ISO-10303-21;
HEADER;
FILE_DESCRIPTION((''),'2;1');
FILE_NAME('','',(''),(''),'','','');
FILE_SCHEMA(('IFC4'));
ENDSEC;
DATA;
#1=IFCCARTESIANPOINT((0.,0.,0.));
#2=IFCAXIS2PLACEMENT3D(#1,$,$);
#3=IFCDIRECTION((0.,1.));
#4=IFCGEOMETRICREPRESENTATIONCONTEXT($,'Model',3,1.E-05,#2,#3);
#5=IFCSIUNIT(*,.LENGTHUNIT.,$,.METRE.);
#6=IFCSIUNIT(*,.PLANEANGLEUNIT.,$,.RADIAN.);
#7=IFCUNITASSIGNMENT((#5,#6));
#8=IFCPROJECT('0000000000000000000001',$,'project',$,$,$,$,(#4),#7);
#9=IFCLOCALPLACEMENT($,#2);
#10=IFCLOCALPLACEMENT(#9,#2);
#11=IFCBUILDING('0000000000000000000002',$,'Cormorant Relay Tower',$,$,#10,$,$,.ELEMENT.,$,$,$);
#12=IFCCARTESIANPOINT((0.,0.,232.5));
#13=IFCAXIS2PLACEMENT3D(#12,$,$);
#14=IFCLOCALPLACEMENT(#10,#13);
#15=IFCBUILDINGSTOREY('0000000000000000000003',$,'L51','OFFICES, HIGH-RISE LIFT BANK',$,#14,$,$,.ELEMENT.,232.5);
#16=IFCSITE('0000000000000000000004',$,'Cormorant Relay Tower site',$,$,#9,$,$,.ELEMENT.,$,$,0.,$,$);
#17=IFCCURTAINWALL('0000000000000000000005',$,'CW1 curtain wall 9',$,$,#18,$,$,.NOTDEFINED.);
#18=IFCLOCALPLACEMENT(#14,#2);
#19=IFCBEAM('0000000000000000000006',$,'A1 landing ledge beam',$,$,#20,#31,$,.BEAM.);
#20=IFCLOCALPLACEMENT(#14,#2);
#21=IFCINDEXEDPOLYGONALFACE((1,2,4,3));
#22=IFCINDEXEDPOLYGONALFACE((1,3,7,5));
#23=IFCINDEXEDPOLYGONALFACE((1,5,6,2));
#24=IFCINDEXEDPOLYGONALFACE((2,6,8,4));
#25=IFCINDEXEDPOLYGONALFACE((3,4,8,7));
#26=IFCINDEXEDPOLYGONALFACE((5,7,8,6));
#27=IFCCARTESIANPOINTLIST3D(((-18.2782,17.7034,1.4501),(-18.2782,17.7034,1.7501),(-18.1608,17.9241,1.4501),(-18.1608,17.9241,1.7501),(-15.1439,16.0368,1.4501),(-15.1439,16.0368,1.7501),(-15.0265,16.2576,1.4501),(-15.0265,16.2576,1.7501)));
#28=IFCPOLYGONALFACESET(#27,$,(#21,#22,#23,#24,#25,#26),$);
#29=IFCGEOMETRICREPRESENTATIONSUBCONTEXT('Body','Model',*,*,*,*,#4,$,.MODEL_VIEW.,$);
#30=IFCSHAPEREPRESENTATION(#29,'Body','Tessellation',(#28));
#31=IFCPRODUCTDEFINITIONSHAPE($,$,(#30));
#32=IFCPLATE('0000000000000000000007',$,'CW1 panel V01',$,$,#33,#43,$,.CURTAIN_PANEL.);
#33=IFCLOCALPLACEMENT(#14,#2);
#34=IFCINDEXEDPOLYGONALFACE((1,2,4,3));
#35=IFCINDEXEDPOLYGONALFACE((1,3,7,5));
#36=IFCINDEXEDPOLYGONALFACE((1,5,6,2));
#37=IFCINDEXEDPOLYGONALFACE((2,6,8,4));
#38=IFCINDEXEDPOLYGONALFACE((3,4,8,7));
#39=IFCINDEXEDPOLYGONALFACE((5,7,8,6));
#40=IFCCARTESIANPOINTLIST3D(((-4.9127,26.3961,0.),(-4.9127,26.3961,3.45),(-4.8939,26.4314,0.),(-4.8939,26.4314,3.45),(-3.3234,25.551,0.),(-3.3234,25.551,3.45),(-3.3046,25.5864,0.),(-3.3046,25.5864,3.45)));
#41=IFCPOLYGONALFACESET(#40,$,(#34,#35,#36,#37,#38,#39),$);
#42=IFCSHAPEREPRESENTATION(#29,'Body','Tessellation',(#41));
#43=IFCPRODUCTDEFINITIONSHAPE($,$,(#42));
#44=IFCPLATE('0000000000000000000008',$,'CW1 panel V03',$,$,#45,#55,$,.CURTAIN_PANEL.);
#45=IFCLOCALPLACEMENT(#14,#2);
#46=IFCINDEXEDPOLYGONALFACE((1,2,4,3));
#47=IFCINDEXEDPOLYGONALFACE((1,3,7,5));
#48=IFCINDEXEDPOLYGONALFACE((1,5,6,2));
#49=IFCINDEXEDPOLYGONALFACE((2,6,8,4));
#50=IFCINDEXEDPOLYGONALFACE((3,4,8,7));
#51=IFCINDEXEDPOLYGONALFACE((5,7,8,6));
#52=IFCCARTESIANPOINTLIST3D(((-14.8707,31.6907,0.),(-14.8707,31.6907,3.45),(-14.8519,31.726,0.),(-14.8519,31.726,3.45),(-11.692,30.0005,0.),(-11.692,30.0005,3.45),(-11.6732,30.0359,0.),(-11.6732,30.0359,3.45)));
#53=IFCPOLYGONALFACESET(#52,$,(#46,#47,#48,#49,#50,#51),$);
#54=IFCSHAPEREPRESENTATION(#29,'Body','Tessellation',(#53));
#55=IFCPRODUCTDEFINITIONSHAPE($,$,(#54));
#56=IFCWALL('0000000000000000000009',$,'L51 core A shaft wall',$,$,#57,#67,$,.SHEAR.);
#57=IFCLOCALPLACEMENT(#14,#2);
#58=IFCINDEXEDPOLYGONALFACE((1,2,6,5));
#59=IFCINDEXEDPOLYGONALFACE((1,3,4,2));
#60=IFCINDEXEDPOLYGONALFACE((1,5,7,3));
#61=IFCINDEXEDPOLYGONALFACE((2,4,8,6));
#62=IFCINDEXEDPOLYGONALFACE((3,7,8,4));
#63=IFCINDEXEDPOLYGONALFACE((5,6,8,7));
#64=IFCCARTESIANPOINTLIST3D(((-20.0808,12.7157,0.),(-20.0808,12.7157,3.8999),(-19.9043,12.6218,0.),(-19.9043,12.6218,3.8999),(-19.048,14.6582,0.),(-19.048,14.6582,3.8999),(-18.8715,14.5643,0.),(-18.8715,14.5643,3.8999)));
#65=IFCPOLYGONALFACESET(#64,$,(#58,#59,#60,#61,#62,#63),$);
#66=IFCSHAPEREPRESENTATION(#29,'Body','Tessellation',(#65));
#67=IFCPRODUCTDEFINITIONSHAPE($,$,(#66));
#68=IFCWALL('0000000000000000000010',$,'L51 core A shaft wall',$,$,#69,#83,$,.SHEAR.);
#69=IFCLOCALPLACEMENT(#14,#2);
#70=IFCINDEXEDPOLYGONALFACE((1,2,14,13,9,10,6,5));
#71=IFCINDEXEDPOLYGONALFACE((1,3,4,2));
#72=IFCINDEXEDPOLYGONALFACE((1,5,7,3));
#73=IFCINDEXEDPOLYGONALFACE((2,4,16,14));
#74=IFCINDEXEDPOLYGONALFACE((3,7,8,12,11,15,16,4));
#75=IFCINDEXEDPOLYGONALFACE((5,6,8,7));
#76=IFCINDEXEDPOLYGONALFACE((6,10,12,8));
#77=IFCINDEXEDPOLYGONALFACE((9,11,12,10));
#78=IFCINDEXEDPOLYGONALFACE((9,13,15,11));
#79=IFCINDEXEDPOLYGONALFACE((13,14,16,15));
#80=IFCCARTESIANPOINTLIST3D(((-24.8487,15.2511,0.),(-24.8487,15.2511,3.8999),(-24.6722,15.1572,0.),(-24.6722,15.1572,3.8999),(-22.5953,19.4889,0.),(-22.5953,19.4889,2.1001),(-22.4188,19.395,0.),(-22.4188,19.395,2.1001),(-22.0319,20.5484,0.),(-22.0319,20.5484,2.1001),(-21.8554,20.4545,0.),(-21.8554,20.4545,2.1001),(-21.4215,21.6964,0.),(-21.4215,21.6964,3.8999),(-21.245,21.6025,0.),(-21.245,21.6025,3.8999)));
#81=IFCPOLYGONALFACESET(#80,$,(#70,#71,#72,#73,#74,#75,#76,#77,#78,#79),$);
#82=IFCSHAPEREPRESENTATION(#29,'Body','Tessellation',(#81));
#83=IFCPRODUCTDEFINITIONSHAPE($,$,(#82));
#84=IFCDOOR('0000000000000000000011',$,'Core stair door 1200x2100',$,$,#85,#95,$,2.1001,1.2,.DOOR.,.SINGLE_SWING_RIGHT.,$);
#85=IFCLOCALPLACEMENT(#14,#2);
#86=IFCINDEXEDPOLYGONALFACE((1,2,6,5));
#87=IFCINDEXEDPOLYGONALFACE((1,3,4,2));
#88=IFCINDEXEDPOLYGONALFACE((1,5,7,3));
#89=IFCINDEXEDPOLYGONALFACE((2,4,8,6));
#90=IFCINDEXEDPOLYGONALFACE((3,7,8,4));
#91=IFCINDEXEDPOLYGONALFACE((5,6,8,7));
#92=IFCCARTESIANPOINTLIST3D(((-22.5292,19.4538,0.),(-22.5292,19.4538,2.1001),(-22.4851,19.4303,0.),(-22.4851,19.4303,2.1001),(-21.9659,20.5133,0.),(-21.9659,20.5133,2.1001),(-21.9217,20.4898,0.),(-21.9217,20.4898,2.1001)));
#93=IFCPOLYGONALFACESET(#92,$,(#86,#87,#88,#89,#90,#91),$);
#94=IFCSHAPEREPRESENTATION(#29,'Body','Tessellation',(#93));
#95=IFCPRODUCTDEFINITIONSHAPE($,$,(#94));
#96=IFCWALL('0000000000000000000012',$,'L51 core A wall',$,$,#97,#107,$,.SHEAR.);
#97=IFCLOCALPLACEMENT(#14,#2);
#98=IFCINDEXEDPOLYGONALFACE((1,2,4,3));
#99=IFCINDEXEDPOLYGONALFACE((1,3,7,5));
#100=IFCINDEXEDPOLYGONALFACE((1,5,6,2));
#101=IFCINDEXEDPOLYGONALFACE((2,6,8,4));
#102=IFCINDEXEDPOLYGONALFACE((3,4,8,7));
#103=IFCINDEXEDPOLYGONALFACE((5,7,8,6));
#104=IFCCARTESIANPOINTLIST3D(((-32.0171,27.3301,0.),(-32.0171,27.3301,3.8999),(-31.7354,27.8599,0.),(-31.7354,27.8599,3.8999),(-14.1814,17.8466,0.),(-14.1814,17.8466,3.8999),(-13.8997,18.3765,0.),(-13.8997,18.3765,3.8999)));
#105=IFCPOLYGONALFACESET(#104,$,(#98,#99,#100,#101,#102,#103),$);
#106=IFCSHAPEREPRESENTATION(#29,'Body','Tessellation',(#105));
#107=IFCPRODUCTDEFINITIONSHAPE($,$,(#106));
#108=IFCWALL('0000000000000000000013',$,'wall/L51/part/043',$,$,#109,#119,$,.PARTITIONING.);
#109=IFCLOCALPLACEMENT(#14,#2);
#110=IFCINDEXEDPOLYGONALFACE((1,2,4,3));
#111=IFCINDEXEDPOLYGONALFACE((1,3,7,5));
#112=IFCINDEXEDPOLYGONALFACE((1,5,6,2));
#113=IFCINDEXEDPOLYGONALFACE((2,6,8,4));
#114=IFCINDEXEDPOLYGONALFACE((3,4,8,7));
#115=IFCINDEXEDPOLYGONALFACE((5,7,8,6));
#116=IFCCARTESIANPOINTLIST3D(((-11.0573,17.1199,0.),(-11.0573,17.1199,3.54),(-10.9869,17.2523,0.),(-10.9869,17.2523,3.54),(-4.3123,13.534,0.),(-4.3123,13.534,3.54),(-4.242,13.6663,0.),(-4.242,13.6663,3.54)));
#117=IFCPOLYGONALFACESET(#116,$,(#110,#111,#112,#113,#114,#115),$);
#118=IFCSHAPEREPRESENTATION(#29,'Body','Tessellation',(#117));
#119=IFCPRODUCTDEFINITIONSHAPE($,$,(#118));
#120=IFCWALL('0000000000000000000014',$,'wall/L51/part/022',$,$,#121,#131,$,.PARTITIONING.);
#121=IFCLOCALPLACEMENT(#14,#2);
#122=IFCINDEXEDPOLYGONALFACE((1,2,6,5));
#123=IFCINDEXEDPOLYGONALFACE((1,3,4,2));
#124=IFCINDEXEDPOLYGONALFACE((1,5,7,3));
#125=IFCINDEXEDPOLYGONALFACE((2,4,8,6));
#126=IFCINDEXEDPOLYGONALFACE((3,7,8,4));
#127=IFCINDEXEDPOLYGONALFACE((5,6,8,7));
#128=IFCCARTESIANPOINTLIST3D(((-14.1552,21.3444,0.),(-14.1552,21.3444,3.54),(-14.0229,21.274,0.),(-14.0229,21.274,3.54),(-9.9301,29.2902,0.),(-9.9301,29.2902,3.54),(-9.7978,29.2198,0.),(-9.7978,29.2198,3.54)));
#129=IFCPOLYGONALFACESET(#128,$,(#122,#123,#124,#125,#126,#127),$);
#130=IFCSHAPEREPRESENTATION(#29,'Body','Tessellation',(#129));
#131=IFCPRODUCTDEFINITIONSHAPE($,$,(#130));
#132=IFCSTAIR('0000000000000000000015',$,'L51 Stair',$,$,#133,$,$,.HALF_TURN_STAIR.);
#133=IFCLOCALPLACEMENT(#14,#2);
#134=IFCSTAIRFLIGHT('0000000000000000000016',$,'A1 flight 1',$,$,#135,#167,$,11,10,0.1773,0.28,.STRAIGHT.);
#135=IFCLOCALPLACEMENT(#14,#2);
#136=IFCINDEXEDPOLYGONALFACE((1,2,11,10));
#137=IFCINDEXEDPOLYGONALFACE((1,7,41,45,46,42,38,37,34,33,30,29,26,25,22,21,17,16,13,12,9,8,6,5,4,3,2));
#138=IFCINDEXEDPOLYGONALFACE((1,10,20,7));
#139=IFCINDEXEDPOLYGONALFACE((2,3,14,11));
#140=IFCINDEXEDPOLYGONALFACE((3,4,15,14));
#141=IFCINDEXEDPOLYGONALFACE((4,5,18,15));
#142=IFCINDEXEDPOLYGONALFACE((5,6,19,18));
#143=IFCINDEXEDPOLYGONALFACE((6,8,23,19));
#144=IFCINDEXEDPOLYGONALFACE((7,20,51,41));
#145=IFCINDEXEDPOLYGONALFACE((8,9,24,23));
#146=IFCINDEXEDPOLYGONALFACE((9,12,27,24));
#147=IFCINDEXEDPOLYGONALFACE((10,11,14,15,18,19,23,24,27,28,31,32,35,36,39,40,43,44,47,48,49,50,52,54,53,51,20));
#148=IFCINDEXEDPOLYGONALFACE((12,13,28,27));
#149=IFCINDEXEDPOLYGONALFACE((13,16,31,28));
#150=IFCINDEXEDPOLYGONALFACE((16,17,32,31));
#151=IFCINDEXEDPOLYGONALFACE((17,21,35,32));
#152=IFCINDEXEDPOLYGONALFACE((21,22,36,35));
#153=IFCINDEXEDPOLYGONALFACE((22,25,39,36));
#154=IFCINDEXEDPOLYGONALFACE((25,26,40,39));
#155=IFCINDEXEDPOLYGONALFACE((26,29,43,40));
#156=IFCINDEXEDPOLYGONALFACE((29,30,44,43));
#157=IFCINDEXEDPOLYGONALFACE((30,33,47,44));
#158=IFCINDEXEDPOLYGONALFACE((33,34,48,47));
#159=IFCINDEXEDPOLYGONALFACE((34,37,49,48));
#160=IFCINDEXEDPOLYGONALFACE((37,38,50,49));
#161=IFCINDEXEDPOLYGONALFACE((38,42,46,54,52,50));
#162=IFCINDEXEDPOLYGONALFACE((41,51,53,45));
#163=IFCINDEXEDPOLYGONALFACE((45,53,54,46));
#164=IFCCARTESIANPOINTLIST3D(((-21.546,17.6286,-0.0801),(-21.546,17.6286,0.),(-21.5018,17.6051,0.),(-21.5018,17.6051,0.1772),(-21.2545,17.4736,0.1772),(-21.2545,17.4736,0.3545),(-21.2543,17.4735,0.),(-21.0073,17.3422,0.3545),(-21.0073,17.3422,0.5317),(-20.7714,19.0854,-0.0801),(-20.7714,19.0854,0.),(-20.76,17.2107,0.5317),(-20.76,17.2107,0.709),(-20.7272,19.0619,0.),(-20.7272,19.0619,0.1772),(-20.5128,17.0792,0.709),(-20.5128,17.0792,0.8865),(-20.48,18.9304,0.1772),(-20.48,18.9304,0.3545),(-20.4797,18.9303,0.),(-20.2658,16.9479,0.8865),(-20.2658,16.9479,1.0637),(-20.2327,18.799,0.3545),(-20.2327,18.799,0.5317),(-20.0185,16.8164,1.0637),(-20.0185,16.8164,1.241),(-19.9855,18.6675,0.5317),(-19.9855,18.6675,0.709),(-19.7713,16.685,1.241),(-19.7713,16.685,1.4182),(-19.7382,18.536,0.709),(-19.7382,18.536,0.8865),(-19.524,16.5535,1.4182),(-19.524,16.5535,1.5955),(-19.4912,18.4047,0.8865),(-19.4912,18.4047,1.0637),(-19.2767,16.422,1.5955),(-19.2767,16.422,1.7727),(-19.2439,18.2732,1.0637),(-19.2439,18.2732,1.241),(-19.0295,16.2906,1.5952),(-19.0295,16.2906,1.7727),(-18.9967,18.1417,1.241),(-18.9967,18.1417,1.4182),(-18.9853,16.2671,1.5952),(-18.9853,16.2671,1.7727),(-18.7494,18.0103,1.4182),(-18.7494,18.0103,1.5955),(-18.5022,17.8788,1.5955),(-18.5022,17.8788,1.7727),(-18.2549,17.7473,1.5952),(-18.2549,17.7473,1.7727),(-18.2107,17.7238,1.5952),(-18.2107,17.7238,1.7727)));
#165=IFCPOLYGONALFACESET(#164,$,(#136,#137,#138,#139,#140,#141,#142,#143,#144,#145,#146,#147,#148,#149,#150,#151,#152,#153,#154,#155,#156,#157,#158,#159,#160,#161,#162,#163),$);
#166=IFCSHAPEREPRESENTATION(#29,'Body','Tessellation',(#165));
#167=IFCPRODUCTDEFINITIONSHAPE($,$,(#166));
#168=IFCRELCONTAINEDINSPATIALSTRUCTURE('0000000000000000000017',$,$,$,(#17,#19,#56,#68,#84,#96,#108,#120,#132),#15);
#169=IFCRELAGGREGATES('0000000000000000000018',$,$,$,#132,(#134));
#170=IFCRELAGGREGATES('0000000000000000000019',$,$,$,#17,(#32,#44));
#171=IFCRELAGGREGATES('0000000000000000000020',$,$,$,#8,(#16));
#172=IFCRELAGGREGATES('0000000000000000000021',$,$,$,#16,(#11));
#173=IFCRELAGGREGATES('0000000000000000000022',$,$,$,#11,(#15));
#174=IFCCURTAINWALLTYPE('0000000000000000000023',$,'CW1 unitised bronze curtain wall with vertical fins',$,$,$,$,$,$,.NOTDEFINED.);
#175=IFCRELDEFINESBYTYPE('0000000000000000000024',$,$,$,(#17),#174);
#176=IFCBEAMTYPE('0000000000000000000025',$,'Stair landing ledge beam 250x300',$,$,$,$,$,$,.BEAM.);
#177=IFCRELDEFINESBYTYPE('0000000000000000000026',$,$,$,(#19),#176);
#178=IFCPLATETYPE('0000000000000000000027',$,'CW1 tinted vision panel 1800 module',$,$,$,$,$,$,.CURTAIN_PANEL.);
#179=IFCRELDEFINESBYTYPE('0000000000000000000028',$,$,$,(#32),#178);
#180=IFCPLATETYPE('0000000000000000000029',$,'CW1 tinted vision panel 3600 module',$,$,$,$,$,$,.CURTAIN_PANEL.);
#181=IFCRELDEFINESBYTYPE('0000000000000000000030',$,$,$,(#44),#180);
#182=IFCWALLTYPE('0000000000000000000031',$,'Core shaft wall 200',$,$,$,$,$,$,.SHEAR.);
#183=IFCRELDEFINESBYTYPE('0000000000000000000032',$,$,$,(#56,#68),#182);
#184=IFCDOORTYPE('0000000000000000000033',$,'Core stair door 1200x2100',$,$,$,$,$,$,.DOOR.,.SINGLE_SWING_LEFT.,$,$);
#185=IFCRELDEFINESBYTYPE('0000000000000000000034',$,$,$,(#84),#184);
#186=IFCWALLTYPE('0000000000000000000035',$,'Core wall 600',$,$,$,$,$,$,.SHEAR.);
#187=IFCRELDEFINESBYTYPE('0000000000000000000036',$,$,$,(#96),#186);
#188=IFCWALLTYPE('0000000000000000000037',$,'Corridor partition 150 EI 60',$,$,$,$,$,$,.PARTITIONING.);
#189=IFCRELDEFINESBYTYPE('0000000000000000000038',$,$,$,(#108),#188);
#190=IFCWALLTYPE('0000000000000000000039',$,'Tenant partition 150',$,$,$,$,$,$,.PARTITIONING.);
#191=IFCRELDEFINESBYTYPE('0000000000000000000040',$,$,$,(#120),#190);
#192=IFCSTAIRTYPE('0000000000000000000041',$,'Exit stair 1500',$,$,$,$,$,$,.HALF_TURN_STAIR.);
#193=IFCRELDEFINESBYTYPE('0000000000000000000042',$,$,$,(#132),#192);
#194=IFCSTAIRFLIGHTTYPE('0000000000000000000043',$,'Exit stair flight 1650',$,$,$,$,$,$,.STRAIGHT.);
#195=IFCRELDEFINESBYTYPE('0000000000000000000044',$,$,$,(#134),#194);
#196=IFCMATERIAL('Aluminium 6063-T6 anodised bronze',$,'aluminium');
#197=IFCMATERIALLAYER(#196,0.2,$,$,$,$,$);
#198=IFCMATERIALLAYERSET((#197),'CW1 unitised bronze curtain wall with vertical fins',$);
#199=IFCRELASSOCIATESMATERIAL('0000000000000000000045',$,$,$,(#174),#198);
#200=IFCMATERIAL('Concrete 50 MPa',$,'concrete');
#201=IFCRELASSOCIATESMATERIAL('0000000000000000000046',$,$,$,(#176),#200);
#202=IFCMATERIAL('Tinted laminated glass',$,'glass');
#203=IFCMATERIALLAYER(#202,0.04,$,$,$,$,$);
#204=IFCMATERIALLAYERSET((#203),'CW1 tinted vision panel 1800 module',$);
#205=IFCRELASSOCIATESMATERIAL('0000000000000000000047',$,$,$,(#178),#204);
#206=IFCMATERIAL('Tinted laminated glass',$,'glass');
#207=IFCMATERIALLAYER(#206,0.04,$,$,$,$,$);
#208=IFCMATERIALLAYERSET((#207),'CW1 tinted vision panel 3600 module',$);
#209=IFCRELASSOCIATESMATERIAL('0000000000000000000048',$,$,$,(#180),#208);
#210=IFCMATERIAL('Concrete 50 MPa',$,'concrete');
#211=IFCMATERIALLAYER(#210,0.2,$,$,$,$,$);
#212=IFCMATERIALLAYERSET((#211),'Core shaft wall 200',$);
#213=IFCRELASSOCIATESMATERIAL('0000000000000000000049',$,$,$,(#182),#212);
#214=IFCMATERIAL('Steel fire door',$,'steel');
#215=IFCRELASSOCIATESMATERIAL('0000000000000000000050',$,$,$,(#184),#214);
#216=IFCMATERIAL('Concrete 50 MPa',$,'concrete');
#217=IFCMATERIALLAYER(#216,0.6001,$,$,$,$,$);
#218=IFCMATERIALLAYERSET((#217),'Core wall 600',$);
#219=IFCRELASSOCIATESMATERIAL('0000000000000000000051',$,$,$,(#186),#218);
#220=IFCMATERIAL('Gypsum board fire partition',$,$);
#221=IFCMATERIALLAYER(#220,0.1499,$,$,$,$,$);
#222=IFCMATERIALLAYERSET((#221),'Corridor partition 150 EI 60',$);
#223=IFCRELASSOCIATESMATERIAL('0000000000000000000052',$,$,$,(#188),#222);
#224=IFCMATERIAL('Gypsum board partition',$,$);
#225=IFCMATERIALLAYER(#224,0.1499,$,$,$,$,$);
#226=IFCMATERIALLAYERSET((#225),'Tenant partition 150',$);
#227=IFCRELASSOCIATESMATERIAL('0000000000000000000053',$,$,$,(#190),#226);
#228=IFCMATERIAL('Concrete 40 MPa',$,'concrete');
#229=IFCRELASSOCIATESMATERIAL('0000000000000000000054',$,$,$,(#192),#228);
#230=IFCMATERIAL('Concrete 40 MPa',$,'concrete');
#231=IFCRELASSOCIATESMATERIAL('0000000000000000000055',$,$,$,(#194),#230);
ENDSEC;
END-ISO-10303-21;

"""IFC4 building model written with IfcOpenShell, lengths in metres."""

from ifc_helpers import new_model, si_unit, direction, frame, frame_2d, origin, origin_2d, place, context, subcontext, project, spatial, polyline, rectangle, outline, extrude, material, layer, layer_set, material_profile, profile_set, type_object, element, fill, aggregate, save


model = new_model("IFC4")

# Units and contexts
model_context = context("Model", 3, precision=1e-05, world=origin(), true_north=direction((0.0, 1.0)))
body_context = subcontext(model_context, "Body", "Model", "MODEL_VIEW")
ifc_project = project(units=[si_unit("LENGTHUNIT", "METRE"), si_unit("PLANEANGLEUNIT", "RADIAN")], contexts=[model_context])

# Site, building, storey
site_placement = place(None, origin())
site = spatial("IfcSite", under=ifc_project, at=site_placement, Name="Cormorant Relay Tower site", CompositionType="ELEMENT", RefElevation=0.0)
building_placement = place(site_placement, origin())
building = spatial("IfcBuilding", under=site, at=building_placement, Name="Cormorant Relay Tower", CompositionType="ELEMENT")
storey_placement = place(building_placement, frame((0.0, 0.0, 232.5)))
storey = spatial("IfcBuildingStorey", under=building, at=storey_placement, Name="L51", Description="OFFICES, HIGH-RISE LIFT BANK", CompositionType="ELEMENT", Elevation=232.5)

# Curtain wall
ifc_material_1 = material(Name="Aluminium 6063-T6 anodised bronze", Category="aluminium")
ifc_layer_1 = layer(ifc_material_1, 0.2)
ifc_layer_set_1 = layer_set([ifc_layer_1], Name="CW1 unitised bronze curtain wall with vertical fins")
curtain_wall_type = type_object("IfcCurtainWallType", Name="CW1 unitised bronze curtain wall with vertical fins", PredefinedType="NOTDEFINED", material=ifc_layer_set_1)
curtain_wall_placement = place(storey_placement, origin())
curtain_wall = element("IfcCurtainWall", 1, at=curtain_wall_placement, inside=storey, type_object=curtain_wall_type, Name="CW1 curtain wall 9", PredefinedType="NOTDEFINED")

# Beam
ifc_material_2 = material(Name="Concrete 50 MPa", Category="concrete")
ifc_material_profile_1 = material_profile(ifc_material_2, rectangle(XDim=0.25, YDim=0.3, at=origin_2d()), Name="RC 250x300")
ifc_profile_set_1 = profile_set([ifc_material_profile_1], Name="Concrete 50 MPa")
beam_type_1 = type_object("IfcBeamType", Name="Stair landing ledge beam 250x300", PredefinedType="BEAM", material=ifc_profile_set_1)
beam_1_placement = place(storey_placement, frame((-18.2195, 17.8137, 1.6001), z_axis=(0.88295, -0.469467, 0.0), x_axis=(0.469467, 0.88295, 0.0)))
element("IfcBeam", 2, at=beam_1_placement, inside=storey, type_object=beam_type_1, Name="A1 landing ledge beam", PredefinedType="BEAM", context=body_context, shape_type="SweptSolid", body=[
    extrude(rectangle(XDim=0.25, YDim=0.3, at=origin_2d()), origin(), (0.0, 0.0, 1.0), 3.5498),
])

# Plates
ifc_material_3 = material(Name="Tinted laminated glass", Category="glass")
ifc_layer_2 = layer(ifc_material_3, 0.04)
ifc_layer_set_2 = layer_set([ifc_layer_2], Name="CW1 tinted vision panel 1800 module")
plate_type_1 = type_object("IfcPlateType", Name="CW1 tinted vision panel 1800 module", PredefinedType="CURTAIN_PANEL", material=ifc_layer_set_2)
plate_1_placement = place(storey_placement, frame((-4.1086, 25.9912, 0.0), z_axis=(0.0, 0.0, 1.0), x_axis=(-0.882948, 0.469472, 0.0)))
plate_1 = element("IfcPlate", 3, at=plate_1_placement, type_object=plate_type_1, Name="CW1 panel V01", PredefinedType="CURTAIN_PANEL", context=body_context, shape_type="SweptSolid", body=[
    extrude(rectangle(XDim=1.8, YDim=0.04, at=origin_2d()), origin(), (0.0, 0.0, 1.0), 3.45),
])
ifc_material_4 = material(Name="Tinted laminated glass", Category="glass")
ifc_layer_3 = layer(ifc_material_4, 0.04)
ifc_layer_set_3 = layer_set([ifc_layer_3], Name="CW1 tinted vision panel 3600 module")
plate_type_2 = type_object("IfcPlateType", Name="CW1 tinted vision panel 3600 module", PredefinedType="CURTAIN_PANEL", material=ifc_layer_set_3)
plate_2_placement = place(storey_placement, frame((-13.272, 30.8633, 0.0), z_axis=(0.0, 0.0, 1.0), x_axis=(-0.882948, 0.469472, 0.0)))
plate_2 = element("IfcPlate", 4, at=plate_2_placement, type_object=plate_type_2, Name="CW1 panel V03", PredefinedType="CURTAIN_PANEL", context=body_context, shape_type="SweptSolid", body=[
    extrude(rectangle(XDim=3.6001, YDim=0.04, at=origin_2d()), origin(), (0.0, 0.0, 1.0), 3.45),
])

# Wall
ifc_material_5 = material(Name="Concrete 50 MPa", Category="concrete")
ifc_layer_4 = layer(ifc_material_5, 0.2)
ifc_layer_set_4 = layer_set([ifc_layer_4], Name="Core shaft wall 200")
wall_type_1 = type_object("IfcWallType", Name="Core shaft wall 200", PredefinedType="SHEAR", material=ifc_layer_set_4)
wall_1_placement = place(storey_placement, frame((-18.9597, 14.6113, 0.0), z_axis=(0.0, 0.0, 1.0), x_axis=(-0.469447, -0.88296, 0.0)))
element("IfcWall", 5, at=wall_1_placement, inside=storey, type_object=wall_type_1, Name="L51 core A shaft wall", PredefinedType="SHEAR", context=body_context, shape_type="SweptSolid", body=[
    extrude(rectangle(XDim=2.2, YDim=0.2, at=frame_2d((1.1001, 0.0))), origin(), (0.0, 0.0, 1.0), 3.8999),
])

# Wall, opening, door
wall_2_placement = place(storey_placement, frame((-21.3333, 21.6494, 0.0), z_axis=(0.0, 0.0, 1.0), x_axis=(-0.469494, -0.882936, 0.0)))
wall_2 = element("IfcWall", 6, at=wall_2_placement, inside=storey, type_object=wall_type_1, Name="L51 core A shaft wall", PredefinedType="SHEAR", context=body_context, shape_type="SweptSolid", body=[
    extrude(rectangle(XDim=7.2998, YDim=0.2, at=frame_2d((3.6499, 0.0))), origin(), (0.0, 0.0, 1.0), 3.8999),
])
opening_1_placement = place(wall_2_placement, frame((1.3, 0.0, 0.0)))
opening_1 = element("IfcOpeningElement", 7, at=opening_1_placement, cuts=wall_2, PredefinedType="OPENING", context=body_context, shape_type="SweptSolid", body=[
    extrude(rectangle(XDim=1.2, YDim=2.1001, at=frame_2d((0.6001, 1.05))), frame((0.0, 0.1099, 0.0), z_axis=(0.0, -1.0, 0.0), x_axis=(1.0, 0.0, 0.0)), (0.0, 0.0, 1.0), 0.22),
])
ifc_material_6 = material(Name="Steel fire door", Category="steel")
door_type_1 = type_object("IfcDoorType", Name="Core stair door 1200x2100", OperationType="SINGLE_SWING_LEFT", PredefinedType="DOOR", material=ifc_material_6)
door_1_placement = place(opening_1_placement, origin())
door_1 = element("IfcDoor", 8, at=door_1_placement, inside=storey, type_object=door_type_1, Name="Core stair door 1200x2100", OperationType="SINGLE_SWING_RIGHT", OverallHeight=2.1001, OverallWidth=1.2, PredefinedType="DOOR", context=body_context, shape_type="SweptSolid", body=[
    extrude(rectangle(XDim=1.2, YDim=2.1001, at=frame_2d((0.6001, 1.05))), frame((0.0, 0.0249, 0.0), z_axis=(0.0, -1.0, 0.0), x_axis=(1.0, 0.0, 0.0)), (0.0, 0.0, 1.0), 0.05),
])
fill(opening_1, door_1)
ifc_material_7 = material(Name="Concrete 50 MPa", Category="concrete")
ifc_layer_5 = layer(ifc_material_7, 0.6001)
ifc_layer_set_5 = layer_set([ifc_layer_5], Name="Core wall 600")
wall_type_2 = type_object("IfcWallType", Name="Core wall 600", PredefinedType="SHEAR", material=ifc_layer_set_5)

# Walls
wall_3_placement = place(storey_placement, frame((-14.0405, 18.1116, 0.0), z_axis=(0.0, 0.0, 1.0), x_axis=(-0.882948, 0.469471, 0.0)))
element("IfcWall", 9, at=wall_3_placement, inside=storey, type_object=wall_type_2, Name="L51 core A wall", PredefinedType="SHEAR", context=body_context, shape_type="SweptSolid", body=[
    extrude(rectangle(XDim=20.2002, YDim=0.6001, at=frame_2d((10.1001, 0.0))), origin(), (0.0, 0.0, 1.0), 3.8999),
])
ifc_material_8 = material(Name="Gypsum board fire partition")
ifc_layer_6 = layer(ifc_material_8, 0.1499)
ifc_layer_set_6 = layer_set([ifc_layer_6], Name="Corridor partition 150 EI 60")
wall_type_3 = type_object("IfcWallType", Name="Corridor partition 150 EI 60", PredefinedType="PARTITIONING", material=ifc_layer_set_6)
wall_4_placement = place(storey_placement, frame((-11.022, 17.186, 0.0), z_axis=(0.0, 0.0, 1.0), x_axis=(0.882968, -0.469433, 0.0)))
element("IfcWall", 10, at=wall_4_placement, inside=storey, type_object=wall_type_3, Name="wall/L51/part/043", PredefinedType="PARTITIONING", context=body_context, shape_type="SweptSolid", body=[
    extrude(rectangle(XDim=7.6389, YDim=0.1499, at=frame_2d((3.8193, 0.0))), origin(), (0.0, 0.0, 1.0), 3.54),
])
ifc_material_9 = material(Name="Gypsum board partition")
ifc_layer_7 = layer(ifc_material_9, 0.1499)
ifc_layer_set_7 = layer_set([ifc_layer_7], Name="Tenant partition 150")
wall_type_4 = type_object("IfcWallType", Name="Tenant partition 150", PredefinedType="PARTITIONING", material=ifc_layer_set_7)
wall_5_placement = place(storey_placement, frame((-9.864, 29.2549, 0.0), z_axis=(0.0, 0.0, 1.0), x_axis=(-0.469492, -0.882937, 0.0)))
element("IfcWall", 11, at=wall_5_placement, inside=storey, type_object=wall_type_4, Name="wall/L51/part/022", PredefinedType="PARTITIONING", context=body_context, shape_type="SweptSolid", body=[
    extrude(rectangle(XDim=8.9993, YDim=0.1499, at=frame_2d((4.4995, 0.0))), origin(), (0.0, 0.0, 1.0), 3.54),
])

# Stair, stair flight
ifc_material_10 = material(Name="Concrete 40 MPa", Category="concrete")
stair_type = type_object("IfcStairType", Name="Exit stair 1500", PredefinedType="HALF_TURN_STAIR", material=ifc_material_10)
stair_placement = place(storey_placement, origin())
stair = element("IfcStair", 12, at=stair_placement, inside=storey, type_object=stair_type, Name="L51 Stair", PredefinedType="HALF_TURN_STAIR")
ifc_material_11 = material(Name="Concrete 40 MPa", Category="concrete")
stair_flight_type = type_object("IfcStairFlightType", Name="Exit stair flight 1650", PredefinedType="STRAIGHT", material=ifc_material_11)
stair_flight_1_placement = place(storey_placement, frame((-21.1145, 18.3335, 0.0), z_axis=(0.0, 0.0, 1.0), x_axis=(0.882948, -0.469472, 0.0)))
stair_flight_1 = element("IfcStairFlight", 13, at=stair_flight_1_placement, type_object=stair_flight_type, Name="A1 flight 1", NumberOfRisers=11, NumberOfTreads=10, PredefinedType="STRAIGHT", RiserHeight=0.1773, TreadLength=0.28, context=body_context, shape_type="SweptSolid", body=[
    extrude(outline(polyline([(-0.05, -0.0801), (-0.05, 0.0), (0.0, 0.0), (0.0, 0.1772), (0.28, 0.1772), (0.28, 0.3545), (0.5601, 0.3545), (0.5601, 0.5317), (0.8401, 0.5317), (0.8401, 0.709), (1.1201, 0.709), (1.1201, 0.8865), (1.3999, 0.8865), (1.3999, 1.0637), (1.6799, 1.0637), (1.6799, 1.241), (1.96, 1.241), (1.96, 1.4182), (2.24, 1.4182), (2.24, 1.5955), (2.52, 1.5955), (2.52, 1.7727), (2.8, 1.7727), (2.8501, 1.7727), (2.8501, 1.5952), (2.8, 1.5952), (0.2803, 0.0), (-0.05, -0.0801)])), frame((0.0, 0.825, 0.0), z_axis=(0.0, -1.0, 0.0), x_axis=(1.0, 0.0, 0.0)), (0.0, 0.0, 1.0), 1.6499),
])
aggregate(stair, [stair_flight_1])

aggregate(curtain_wall, [plate_1, plate_2])

save(model, "model.ifc")
